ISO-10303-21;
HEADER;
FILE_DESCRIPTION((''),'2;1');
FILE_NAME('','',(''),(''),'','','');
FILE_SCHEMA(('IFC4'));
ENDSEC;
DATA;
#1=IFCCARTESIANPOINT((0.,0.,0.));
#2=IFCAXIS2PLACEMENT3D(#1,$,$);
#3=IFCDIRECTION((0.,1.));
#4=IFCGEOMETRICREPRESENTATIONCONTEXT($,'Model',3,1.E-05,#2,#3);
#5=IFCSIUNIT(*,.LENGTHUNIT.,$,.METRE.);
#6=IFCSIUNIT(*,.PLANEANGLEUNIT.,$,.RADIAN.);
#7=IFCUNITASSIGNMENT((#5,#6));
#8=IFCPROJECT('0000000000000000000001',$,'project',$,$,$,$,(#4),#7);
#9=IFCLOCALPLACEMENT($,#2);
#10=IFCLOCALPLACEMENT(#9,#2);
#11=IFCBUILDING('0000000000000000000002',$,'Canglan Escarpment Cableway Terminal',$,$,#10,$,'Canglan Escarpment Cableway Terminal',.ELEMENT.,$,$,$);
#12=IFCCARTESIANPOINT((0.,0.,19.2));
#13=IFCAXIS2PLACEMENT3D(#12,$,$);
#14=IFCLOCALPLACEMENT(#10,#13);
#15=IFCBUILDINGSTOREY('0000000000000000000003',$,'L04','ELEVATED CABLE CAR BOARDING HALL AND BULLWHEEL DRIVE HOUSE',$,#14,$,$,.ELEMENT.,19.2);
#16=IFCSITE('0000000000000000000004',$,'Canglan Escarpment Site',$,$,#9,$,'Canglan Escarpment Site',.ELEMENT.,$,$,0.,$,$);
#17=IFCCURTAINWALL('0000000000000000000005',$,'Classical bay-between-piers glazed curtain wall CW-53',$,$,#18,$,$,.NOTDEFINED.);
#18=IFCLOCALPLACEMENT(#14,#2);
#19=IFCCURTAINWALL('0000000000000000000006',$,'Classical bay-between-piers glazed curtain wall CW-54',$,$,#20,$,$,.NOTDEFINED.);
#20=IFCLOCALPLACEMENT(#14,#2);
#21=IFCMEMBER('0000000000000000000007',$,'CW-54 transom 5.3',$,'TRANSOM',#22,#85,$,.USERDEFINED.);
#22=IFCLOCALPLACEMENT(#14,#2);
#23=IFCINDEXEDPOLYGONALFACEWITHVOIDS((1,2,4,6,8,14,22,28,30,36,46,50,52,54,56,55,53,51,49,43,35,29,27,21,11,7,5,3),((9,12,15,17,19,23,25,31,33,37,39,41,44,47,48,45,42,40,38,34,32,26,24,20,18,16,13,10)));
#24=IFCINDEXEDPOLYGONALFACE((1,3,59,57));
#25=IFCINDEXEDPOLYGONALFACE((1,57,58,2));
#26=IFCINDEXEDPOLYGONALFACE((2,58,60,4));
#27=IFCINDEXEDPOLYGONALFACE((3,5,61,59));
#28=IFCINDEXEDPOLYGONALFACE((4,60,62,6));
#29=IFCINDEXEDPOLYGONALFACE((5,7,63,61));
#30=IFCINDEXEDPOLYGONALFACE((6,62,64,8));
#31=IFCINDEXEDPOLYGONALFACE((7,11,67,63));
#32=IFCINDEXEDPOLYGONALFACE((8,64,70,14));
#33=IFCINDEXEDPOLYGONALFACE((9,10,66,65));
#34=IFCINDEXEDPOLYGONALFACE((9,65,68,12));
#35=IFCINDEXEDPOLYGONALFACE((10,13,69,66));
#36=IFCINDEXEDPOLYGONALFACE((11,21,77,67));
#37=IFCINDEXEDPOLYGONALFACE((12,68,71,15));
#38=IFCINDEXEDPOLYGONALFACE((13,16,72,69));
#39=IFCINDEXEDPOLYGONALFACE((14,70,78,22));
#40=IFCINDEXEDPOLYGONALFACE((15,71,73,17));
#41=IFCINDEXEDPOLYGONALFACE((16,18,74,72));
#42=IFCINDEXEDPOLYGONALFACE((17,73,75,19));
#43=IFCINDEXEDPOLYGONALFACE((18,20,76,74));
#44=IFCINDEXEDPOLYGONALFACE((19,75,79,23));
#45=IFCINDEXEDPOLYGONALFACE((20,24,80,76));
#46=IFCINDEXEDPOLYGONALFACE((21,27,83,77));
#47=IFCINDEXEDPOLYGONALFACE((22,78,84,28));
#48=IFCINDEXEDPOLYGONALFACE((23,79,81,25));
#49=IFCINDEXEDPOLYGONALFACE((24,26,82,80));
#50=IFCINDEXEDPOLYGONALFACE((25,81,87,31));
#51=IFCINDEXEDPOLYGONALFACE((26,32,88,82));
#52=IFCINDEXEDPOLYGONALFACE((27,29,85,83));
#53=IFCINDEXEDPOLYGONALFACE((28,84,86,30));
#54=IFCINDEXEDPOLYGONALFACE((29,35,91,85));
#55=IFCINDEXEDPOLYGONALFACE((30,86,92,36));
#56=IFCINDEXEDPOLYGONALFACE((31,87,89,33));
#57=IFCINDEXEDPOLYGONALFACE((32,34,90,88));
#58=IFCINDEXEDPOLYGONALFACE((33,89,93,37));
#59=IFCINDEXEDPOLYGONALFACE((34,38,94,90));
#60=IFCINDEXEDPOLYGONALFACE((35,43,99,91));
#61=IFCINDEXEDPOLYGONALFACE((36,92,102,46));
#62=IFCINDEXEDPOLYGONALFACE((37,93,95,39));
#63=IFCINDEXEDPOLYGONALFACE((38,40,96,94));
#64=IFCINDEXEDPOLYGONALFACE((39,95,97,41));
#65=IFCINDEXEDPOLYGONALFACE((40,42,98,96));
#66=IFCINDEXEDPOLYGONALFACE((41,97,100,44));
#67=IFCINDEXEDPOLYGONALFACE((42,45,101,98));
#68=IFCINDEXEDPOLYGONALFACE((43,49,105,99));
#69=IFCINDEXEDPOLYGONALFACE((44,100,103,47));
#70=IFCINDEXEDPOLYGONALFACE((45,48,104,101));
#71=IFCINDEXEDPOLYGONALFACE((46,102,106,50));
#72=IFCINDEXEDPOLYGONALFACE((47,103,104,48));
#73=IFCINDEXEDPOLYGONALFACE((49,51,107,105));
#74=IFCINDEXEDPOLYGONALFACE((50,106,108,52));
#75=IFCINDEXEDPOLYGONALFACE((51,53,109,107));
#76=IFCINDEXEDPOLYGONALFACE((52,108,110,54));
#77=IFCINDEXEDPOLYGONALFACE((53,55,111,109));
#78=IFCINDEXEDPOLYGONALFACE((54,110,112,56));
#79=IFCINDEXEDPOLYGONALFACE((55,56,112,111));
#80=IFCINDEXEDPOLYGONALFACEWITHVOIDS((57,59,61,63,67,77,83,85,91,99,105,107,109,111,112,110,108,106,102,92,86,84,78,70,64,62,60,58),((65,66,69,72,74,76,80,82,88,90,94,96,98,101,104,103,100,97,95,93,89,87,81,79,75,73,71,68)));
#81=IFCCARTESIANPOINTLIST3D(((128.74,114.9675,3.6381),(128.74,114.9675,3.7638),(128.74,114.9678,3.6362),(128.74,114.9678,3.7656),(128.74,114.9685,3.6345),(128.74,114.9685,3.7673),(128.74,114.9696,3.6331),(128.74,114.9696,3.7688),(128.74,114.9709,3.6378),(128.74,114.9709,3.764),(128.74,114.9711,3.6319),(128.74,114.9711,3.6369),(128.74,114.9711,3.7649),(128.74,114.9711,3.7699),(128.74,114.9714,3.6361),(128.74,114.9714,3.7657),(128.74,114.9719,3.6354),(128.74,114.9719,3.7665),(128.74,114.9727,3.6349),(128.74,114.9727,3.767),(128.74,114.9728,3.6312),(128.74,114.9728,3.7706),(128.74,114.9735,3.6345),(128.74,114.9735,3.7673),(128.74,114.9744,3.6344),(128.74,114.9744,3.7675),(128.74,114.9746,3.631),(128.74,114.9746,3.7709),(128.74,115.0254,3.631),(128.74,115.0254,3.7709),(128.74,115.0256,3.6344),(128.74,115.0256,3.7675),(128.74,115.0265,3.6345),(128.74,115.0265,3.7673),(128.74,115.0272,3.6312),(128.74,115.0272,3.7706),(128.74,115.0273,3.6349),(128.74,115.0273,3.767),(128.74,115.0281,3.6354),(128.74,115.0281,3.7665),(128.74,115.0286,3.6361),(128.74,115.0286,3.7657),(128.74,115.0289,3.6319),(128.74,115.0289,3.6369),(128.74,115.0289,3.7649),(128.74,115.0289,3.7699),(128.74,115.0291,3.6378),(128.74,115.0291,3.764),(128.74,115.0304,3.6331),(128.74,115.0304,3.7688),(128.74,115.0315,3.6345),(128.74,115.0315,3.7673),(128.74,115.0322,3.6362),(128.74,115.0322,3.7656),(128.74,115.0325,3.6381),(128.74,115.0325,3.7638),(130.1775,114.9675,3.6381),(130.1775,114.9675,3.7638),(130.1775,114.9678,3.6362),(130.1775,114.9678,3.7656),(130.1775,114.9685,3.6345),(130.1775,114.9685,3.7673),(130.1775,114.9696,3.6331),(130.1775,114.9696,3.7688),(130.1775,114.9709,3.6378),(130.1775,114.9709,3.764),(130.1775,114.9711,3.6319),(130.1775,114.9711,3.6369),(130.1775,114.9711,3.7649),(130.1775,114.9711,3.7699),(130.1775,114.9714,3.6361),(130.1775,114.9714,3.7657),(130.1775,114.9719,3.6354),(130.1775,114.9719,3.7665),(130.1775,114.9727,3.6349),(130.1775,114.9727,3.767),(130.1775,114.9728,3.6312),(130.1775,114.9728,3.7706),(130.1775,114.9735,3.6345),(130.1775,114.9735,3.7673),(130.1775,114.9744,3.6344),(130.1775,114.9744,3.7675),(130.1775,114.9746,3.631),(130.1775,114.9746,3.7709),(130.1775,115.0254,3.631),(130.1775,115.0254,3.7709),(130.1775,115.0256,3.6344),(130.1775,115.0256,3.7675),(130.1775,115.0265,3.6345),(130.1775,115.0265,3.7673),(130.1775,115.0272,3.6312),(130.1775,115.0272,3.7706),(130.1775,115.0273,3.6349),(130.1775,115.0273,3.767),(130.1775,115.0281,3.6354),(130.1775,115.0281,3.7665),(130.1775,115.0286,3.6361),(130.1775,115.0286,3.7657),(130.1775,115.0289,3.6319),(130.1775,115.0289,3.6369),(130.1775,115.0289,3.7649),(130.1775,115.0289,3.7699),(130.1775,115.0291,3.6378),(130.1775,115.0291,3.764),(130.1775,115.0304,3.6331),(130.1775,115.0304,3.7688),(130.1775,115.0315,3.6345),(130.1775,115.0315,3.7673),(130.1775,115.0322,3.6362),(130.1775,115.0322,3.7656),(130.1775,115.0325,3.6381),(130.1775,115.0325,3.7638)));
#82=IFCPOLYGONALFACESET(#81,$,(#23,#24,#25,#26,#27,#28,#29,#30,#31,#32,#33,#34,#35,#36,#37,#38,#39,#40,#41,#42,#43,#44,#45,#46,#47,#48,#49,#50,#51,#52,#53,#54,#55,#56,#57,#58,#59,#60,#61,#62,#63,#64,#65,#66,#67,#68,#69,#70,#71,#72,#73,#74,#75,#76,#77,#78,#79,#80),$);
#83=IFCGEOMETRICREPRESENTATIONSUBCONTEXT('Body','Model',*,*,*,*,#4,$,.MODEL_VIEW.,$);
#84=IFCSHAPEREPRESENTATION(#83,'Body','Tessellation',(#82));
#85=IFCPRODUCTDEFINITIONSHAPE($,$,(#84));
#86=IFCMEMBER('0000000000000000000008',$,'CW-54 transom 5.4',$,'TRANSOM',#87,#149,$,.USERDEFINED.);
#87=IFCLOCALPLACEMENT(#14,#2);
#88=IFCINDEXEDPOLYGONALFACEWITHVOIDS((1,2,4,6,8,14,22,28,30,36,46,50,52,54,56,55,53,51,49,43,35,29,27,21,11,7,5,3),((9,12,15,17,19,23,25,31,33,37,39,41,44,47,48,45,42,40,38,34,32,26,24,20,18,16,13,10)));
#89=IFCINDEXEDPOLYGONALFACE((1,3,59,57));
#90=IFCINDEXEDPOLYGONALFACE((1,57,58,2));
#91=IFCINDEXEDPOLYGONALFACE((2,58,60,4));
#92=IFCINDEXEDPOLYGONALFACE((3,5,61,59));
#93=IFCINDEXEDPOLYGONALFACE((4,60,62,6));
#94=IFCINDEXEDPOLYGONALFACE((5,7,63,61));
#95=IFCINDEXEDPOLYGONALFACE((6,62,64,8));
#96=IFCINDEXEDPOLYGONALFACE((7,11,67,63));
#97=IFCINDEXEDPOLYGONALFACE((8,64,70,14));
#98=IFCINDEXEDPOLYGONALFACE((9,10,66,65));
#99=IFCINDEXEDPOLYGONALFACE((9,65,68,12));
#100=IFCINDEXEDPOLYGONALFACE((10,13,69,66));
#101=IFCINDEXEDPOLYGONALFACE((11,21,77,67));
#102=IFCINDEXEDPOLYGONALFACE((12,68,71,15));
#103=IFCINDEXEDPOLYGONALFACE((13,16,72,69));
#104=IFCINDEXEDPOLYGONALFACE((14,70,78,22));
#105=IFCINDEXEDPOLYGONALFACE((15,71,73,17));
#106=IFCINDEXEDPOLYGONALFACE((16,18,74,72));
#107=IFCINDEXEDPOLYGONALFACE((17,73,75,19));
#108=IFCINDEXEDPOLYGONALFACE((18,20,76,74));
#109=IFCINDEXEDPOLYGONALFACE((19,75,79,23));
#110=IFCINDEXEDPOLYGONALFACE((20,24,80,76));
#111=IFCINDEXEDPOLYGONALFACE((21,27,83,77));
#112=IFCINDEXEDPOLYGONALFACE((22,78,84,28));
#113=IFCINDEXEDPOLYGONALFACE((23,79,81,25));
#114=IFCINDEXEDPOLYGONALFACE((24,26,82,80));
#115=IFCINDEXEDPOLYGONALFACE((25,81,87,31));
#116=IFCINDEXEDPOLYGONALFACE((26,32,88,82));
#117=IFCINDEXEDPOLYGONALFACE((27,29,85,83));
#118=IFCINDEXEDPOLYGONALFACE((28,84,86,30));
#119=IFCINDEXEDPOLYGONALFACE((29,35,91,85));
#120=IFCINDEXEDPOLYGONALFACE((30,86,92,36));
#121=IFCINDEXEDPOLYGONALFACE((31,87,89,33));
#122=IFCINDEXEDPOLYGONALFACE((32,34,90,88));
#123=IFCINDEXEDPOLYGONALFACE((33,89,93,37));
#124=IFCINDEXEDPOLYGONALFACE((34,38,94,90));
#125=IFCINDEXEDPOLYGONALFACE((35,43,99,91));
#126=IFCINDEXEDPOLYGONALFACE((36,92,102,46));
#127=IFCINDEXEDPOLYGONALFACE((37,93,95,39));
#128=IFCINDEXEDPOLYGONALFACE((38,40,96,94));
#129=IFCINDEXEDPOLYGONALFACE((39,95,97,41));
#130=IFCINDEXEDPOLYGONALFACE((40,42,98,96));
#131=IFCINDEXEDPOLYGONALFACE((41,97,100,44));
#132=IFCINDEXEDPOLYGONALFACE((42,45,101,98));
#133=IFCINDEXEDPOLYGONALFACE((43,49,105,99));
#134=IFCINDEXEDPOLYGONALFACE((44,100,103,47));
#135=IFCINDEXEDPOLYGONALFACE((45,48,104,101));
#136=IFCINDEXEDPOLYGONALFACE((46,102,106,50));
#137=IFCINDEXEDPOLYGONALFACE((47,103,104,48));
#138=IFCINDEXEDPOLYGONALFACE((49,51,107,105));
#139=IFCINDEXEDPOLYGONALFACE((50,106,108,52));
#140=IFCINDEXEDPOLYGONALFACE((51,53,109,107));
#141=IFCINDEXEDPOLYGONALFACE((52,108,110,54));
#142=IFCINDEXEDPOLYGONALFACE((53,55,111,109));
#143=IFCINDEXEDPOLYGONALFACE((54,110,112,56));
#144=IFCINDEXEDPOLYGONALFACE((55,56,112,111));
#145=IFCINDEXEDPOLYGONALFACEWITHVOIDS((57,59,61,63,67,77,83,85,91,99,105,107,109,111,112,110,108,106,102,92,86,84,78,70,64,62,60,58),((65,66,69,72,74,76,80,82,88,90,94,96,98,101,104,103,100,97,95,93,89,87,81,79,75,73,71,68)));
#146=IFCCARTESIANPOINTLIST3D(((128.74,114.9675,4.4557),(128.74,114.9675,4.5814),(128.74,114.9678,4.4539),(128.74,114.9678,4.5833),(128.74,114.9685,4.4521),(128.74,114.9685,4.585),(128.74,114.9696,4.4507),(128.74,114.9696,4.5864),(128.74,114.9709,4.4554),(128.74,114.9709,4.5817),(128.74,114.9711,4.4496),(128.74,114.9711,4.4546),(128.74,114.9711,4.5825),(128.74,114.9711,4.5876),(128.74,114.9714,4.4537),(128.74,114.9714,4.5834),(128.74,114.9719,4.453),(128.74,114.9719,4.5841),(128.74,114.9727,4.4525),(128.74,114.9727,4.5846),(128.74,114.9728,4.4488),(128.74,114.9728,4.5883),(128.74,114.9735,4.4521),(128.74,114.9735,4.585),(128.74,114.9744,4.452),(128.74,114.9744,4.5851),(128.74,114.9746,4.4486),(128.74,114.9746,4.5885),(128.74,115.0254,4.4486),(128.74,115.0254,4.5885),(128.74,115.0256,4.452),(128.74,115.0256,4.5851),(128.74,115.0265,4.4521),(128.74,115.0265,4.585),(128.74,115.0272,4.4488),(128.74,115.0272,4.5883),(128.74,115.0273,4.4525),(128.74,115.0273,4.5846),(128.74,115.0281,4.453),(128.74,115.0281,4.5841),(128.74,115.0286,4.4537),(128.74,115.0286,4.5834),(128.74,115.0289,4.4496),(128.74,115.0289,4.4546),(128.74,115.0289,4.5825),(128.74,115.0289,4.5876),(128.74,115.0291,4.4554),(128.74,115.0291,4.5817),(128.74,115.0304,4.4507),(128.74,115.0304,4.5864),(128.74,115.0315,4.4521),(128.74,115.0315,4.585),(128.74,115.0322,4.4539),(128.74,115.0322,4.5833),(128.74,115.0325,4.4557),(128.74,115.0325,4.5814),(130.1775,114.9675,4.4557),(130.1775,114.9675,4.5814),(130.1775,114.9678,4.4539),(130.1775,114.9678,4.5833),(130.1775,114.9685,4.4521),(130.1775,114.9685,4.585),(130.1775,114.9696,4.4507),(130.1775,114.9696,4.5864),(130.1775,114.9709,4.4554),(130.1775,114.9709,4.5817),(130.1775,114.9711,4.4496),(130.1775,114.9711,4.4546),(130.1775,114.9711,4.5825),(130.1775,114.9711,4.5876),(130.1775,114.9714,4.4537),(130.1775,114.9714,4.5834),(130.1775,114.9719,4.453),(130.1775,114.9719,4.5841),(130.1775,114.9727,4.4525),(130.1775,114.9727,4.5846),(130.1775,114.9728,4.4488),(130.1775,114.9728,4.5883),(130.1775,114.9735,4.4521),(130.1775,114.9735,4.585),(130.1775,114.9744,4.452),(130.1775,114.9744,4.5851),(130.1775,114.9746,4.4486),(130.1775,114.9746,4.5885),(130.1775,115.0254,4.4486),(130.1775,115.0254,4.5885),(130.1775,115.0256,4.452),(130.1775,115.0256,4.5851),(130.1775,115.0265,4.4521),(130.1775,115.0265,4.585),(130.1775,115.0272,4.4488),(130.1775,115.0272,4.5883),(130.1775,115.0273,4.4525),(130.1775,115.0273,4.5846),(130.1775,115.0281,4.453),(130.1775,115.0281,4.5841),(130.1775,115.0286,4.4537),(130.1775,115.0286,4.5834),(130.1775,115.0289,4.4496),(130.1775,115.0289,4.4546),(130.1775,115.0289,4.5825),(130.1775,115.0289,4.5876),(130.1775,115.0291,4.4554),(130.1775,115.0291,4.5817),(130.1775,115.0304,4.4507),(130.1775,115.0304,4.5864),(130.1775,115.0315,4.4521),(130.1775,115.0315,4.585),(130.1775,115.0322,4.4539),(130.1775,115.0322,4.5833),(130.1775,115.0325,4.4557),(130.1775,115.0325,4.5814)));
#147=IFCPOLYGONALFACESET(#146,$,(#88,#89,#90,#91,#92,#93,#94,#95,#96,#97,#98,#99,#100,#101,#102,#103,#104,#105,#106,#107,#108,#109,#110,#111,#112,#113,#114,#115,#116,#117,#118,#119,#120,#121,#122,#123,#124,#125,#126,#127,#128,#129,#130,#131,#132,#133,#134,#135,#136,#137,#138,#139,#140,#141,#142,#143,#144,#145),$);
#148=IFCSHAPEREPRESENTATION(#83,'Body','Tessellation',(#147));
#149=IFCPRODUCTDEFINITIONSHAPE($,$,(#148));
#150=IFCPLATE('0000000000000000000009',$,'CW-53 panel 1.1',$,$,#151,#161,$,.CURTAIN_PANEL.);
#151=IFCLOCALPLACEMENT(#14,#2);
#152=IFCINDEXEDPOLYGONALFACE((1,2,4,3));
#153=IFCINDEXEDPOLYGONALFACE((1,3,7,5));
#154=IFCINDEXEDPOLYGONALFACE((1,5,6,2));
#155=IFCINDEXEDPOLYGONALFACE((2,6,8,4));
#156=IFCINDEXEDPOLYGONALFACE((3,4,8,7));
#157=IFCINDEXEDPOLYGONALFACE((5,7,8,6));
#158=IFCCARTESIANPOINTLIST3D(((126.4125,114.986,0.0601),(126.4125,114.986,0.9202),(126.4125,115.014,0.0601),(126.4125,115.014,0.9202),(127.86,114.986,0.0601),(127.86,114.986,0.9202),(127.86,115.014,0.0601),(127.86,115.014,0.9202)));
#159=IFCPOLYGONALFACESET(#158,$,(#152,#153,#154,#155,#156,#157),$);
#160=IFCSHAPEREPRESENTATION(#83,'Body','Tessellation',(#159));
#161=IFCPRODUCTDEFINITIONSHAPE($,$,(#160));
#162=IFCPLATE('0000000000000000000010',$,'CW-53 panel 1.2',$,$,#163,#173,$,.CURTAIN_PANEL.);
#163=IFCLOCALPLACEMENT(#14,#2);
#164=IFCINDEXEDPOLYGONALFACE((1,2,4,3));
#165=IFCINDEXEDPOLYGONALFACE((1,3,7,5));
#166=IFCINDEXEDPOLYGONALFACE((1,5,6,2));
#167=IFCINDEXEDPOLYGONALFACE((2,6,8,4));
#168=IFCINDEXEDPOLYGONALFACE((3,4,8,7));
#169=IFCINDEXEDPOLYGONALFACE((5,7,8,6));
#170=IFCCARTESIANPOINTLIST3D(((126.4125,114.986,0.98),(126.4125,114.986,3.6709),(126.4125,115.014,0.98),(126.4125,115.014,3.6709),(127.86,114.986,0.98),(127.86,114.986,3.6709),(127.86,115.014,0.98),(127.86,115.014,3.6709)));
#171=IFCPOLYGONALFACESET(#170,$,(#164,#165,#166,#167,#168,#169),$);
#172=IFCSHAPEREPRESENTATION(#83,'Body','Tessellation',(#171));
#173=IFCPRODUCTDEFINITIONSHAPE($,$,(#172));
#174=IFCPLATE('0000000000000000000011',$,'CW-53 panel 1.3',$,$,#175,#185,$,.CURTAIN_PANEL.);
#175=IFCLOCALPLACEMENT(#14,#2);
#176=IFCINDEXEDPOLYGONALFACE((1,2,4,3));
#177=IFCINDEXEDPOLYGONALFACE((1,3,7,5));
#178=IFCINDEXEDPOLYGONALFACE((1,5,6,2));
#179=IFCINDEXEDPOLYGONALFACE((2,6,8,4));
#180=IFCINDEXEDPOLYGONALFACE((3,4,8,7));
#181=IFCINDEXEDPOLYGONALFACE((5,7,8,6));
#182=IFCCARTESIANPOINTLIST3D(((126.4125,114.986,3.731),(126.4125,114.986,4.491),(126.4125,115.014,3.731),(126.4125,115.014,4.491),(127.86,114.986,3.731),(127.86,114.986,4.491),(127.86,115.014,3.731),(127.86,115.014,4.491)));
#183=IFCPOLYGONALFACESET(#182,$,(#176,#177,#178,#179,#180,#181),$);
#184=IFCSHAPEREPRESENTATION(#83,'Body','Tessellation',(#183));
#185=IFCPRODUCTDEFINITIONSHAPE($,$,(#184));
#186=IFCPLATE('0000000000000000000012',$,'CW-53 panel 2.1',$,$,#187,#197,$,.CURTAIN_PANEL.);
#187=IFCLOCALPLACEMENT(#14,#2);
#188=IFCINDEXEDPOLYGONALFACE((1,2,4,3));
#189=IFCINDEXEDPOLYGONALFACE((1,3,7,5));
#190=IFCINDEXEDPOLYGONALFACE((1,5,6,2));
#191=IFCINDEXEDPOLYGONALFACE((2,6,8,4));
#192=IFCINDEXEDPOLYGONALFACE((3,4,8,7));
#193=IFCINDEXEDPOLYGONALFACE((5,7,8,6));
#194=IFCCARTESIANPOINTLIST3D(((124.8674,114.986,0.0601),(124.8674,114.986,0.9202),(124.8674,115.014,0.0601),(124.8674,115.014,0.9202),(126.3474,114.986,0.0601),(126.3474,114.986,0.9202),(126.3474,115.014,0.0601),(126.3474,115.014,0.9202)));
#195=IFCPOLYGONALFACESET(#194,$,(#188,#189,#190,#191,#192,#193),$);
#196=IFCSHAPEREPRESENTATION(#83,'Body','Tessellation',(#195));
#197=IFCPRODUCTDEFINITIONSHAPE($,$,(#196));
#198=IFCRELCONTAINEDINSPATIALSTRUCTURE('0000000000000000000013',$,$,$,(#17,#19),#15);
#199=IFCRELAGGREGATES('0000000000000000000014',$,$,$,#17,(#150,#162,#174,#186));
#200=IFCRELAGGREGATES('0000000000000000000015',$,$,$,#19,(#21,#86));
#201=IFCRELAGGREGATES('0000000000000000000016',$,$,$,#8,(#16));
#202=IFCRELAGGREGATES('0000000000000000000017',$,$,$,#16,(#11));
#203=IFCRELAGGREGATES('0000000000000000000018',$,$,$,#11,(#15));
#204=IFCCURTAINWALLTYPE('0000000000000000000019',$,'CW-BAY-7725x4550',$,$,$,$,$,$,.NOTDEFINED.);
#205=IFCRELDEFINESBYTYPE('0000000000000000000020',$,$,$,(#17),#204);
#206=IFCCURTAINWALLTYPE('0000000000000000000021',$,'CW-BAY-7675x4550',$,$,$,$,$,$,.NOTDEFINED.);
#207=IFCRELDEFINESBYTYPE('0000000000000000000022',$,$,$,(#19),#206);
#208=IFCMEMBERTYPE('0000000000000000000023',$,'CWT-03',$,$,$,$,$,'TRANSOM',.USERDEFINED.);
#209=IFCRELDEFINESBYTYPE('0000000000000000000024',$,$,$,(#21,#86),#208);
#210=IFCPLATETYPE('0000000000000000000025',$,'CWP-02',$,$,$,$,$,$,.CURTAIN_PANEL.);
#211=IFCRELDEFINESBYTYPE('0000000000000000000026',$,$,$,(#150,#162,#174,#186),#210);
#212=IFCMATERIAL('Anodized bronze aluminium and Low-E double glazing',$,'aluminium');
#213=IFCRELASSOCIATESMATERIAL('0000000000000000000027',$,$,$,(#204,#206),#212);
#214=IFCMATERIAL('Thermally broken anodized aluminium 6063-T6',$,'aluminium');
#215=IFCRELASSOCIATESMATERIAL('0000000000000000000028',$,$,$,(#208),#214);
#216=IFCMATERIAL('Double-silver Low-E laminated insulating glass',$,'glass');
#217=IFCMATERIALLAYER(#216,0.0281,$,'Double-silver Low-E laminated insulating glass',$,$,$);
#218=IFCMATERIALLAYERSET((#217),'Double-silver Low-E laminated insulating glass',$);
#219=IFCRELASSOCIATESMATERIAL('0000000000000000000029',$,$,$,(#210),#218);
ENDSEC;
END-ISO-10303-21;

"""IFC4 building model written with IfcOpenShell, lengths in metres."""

from ifc_helpers import new_model, si_unit, direction, frame, origin, origin_2d, place, context, subcontext, project, spatial, rectangle, hollow_rectangle, extrude, material, layer, layer_set, material_profile, profile_set, type_object, element, aggregate, save


model = new_model("IFC4")

# Units and contexts
model_context = context("Model", 3, precision=1e-05, world=origin(), true_north=direction((0.0, 1.0)))
body_context = subcontext(model_context, "Body", "Model", "MODEL_VIEW")
ifc_project = project(units=[si_unit("LENGTHUNIT", "METRE"), si_unit("PLANEANGLEUNIT", "RADIAN")], contexts=[model_context])

# Site, building, storey
site_placement = place(None, origin())
site = spatial("IfcSite", under=ifc_project, at=site_placement, Name="Canglan Escarpment Site", LongName="Canglan Escarpment Site", CompositionType="ELEMENT", RefElevation=0.0)
building_placement = place(site_placement, origin())
building = spatial("IfcBuilding", under=site, at=building_placement, Name="Canglan Escarpment Cableway Terminal", LongName="Canglan Escarpment Cableway Terminal", CompositionType="ELEMENT")
storey_placement = place(building_placement, frame((0.0, 0.0, 19.2)))
storey = spatial("IfcBuildingStorey", under=building, at=storey_placement, Name="L04", Description="ELEVATED CABLE CAR BOARDING HALL AND BULLWHEEL DRIVE HOUSE", CompositionType="ELEMENT", Elevation=19.2)

# Curtain walls
ifc_material_1 = material(Name="Anodized bronze aluminium and Low-E double glazing", Category="aluminium")
curtain_wall_type_1 = type_object("IfcCurtainWallType", Name="CW-BAY-7725x4550", PredefinedType="NOTDEFINED", material=ifc_material_1)
curtain_wall_1_placement = place(storey_placement, origin())
curtain_wall_1 = element("IfcCurtainWall", 1, at=curtain_wall_1_placement, inside=storey, type_object=curtain_wall_type_1, Name="Classical bay-between-piers glazed curtain wall CW-53", PredefinedType="NOTDEFINED")
ifc_material_2 = material(Name="Thermally broken anodized aluminium 6063-T6", Category="aluminium")
curtain_wall_type_2 = type_object("IfcCurtainWallType", Name="CW-BAY-7675x4550", PredefinedType="NOTDEFINED", material=ifc_material_1)
curtain_wall_2_placement = place(storey_placement, origin())
curtain_wall_2 = element("IfcCurtainWall", 2, at=curtain_wall_2_placement, inside=storey, type_object=curtain_wall_type_2, Name="Classical bay-between-piers glazed curtain wall CW-54", PredefinedType="NOTDEFINED")

# Members
ifc_material_profile_1 = material_profile(ifc_material_2, hollow_rectangle(XDim=0.0649, YDim=0.1399, WallThickness=0.0034, InnerFilletRadius=0.0034, OuterFilletRadius=0.0071, at=origin_2d()), Name="ALU-TRAN 65x140x3.5")
ifc_profile_set_1 = profile_set([ifc_material_profile_1], Name="Thermally broken anodized aluminium 6063-T6")
member_type_1 = type_object("IfcMemberType", Name="CWT-03", ElementType="TRANSOM", PredefinedType="USERDEFINED", material=ifc_profile_set_1)
member_1_placement = place(storey_placement, frame((130.1775, 115.0, 3.7009), z_axis=(-1.0, 0.0, 0.0), x_axis=(0.0, -1.0, 0.0)))
member_1 = element("IfcMember", 3, at=member_1_placement, type_object=member_type_1, Name="CW-54 transom 5.3", ObjectType="TRANSOM", PredefinedType="USERDEFINED", context=body_context, shape_type="SweptSolid", body=[
    extrude(hollow_rectangle(XDim=0.0649, YDim=0.1399, WallThickness=0.0034, InnerFilletRadius=0.0034, OuterFilletRadius=0.0071, at=origin_2d()), origin(), (0.0, 0.0, 1.0), 1.4375),
])
member_2_placement = place(storey_placement, frame((130.1775, 115.0, 4.5186), z_axis=(-1.0, 0.0, 0.0), x_axis=(0.0, -1.0, 0.0)))
member_2 = element("IfcMember", 4, at=member_2_placement, type_object=member_type_1, Name="CW-54 transom 5.4", ObjectType="TRANSOM", PredefinedType="USERDEFINED", context=body_context, shape_type="SweptSolid", body=[
    extrude(hollow_rectangle(XDim=0.0649, YDim=0.1399, WallThickness=0.0034, InnerFilletRadius=0.0034, OuterFilletRadius=0.0071, at=origin_2d()), origin(), (0.0, 0.0, 1.0), 1.4375),
])

# Plates
ifc_material_3 = material(Name="Double-silver Low-E laminated insulating glass", Category="glass")
ifc_layer_1 = layer(ifc_material_3, 0.0281, Name="Double-silver Low-E laminated insulating glass")
ifc_layer_set_1 = layer_set([ifc_layer_1], Name="Double-silver Low-E laminated insulating glass")
plate_type_1 = type_object("IfcPlateType", Name="CWP-02", PredefinedType="CURTAIN_PANEL", material=ifc_layer_set_1)
plate_1_placement = place(storey_placement, frame((127.1362, 115.0, 0.0601), z_axis=(0.0, 0.0, 1.0), x_axis=(-1.0, 0.0, 0.0)))
plate_1 = element("IfcPlate", 5, at=plate_1_placement, type_object=plate_type_1, Name="CW-53 panel 1.1", PredefinedType="CURTAIN_PANEL", context=body_context, shape_type="SweptSolid", body=[
    extrude(rectangle(XDim=1.4475, YDim=0.0281, at=origin_2d()), origin(), (0.0, 0.0, 1.0), 0.8601),
])
plate_2_placement = place(storey_placement, frame((127.1362, 115.0, 0.98), z_axis=(0.0, 0.0, 1.0), x_axis=(-1.0, 0.0, 0.0)))
plate_2 = element("IfcPlate", 6, at=plate_2_placement, type_object=plate_type_1, Name="CW-53 panel 1.2", PredefinedType="CURTAIN_PANEL", context=body_context, shape_type="SweptSolid", body=[
    extrude(rectangle(XDim=1.4475, YDim=0.0281, at=origin_2d()), origin(), (0.0, 0.0, 1.0), 2.6909),
])
plate_3_placement = place(storey_placement, frame((127.1362, 115.0, 3.731), z_axis=(0.0, 0.0, 1.0), x_axis=(-1.0, 0.0, 0.0)))
plate_3 = element("IfcPlate", 7, at=plate_3_placement, type_object=plate_type_1, Name="CW-53 panel 1.3", PredefinedType="CURTAIN_PANEL", context=body_context, shape_type="SweptSolid", body=[
    extrude(rectangle(XDim=1.4475, YDim=0.0281, at=origin_2d()), origin(), (0.0, 0.0, 1.0), 0.76),
])
plate_4_placement = place(storey_placement, frame((125.6074, 115.0, 0.0601), z_axis=(0.0, 0.0, 1.0), x_axis=(-1.0, 0.0, 0.0)))
plate_4 = element("IfcPlate", 8, at=plate_4_placement, type_object=plate_type_1, Name="CW-53 panel 2.1", PredefinedType="CURTAIN_PANEL", context=body_context, shape_type="SweptSolid", body=[
    extrude(rectangle(XDim=1.48, YDim=0.0281, at=origin_2d()), origin(), (0.0, 0.0, 1.0), 0.8601),
])
aggregate(curtain_wall_1, [plate_1, plate_2, plate_3, plate_4])
aggregate(curtain_wall_2, [member_1, member_2])

save(model, "model.ifc")
